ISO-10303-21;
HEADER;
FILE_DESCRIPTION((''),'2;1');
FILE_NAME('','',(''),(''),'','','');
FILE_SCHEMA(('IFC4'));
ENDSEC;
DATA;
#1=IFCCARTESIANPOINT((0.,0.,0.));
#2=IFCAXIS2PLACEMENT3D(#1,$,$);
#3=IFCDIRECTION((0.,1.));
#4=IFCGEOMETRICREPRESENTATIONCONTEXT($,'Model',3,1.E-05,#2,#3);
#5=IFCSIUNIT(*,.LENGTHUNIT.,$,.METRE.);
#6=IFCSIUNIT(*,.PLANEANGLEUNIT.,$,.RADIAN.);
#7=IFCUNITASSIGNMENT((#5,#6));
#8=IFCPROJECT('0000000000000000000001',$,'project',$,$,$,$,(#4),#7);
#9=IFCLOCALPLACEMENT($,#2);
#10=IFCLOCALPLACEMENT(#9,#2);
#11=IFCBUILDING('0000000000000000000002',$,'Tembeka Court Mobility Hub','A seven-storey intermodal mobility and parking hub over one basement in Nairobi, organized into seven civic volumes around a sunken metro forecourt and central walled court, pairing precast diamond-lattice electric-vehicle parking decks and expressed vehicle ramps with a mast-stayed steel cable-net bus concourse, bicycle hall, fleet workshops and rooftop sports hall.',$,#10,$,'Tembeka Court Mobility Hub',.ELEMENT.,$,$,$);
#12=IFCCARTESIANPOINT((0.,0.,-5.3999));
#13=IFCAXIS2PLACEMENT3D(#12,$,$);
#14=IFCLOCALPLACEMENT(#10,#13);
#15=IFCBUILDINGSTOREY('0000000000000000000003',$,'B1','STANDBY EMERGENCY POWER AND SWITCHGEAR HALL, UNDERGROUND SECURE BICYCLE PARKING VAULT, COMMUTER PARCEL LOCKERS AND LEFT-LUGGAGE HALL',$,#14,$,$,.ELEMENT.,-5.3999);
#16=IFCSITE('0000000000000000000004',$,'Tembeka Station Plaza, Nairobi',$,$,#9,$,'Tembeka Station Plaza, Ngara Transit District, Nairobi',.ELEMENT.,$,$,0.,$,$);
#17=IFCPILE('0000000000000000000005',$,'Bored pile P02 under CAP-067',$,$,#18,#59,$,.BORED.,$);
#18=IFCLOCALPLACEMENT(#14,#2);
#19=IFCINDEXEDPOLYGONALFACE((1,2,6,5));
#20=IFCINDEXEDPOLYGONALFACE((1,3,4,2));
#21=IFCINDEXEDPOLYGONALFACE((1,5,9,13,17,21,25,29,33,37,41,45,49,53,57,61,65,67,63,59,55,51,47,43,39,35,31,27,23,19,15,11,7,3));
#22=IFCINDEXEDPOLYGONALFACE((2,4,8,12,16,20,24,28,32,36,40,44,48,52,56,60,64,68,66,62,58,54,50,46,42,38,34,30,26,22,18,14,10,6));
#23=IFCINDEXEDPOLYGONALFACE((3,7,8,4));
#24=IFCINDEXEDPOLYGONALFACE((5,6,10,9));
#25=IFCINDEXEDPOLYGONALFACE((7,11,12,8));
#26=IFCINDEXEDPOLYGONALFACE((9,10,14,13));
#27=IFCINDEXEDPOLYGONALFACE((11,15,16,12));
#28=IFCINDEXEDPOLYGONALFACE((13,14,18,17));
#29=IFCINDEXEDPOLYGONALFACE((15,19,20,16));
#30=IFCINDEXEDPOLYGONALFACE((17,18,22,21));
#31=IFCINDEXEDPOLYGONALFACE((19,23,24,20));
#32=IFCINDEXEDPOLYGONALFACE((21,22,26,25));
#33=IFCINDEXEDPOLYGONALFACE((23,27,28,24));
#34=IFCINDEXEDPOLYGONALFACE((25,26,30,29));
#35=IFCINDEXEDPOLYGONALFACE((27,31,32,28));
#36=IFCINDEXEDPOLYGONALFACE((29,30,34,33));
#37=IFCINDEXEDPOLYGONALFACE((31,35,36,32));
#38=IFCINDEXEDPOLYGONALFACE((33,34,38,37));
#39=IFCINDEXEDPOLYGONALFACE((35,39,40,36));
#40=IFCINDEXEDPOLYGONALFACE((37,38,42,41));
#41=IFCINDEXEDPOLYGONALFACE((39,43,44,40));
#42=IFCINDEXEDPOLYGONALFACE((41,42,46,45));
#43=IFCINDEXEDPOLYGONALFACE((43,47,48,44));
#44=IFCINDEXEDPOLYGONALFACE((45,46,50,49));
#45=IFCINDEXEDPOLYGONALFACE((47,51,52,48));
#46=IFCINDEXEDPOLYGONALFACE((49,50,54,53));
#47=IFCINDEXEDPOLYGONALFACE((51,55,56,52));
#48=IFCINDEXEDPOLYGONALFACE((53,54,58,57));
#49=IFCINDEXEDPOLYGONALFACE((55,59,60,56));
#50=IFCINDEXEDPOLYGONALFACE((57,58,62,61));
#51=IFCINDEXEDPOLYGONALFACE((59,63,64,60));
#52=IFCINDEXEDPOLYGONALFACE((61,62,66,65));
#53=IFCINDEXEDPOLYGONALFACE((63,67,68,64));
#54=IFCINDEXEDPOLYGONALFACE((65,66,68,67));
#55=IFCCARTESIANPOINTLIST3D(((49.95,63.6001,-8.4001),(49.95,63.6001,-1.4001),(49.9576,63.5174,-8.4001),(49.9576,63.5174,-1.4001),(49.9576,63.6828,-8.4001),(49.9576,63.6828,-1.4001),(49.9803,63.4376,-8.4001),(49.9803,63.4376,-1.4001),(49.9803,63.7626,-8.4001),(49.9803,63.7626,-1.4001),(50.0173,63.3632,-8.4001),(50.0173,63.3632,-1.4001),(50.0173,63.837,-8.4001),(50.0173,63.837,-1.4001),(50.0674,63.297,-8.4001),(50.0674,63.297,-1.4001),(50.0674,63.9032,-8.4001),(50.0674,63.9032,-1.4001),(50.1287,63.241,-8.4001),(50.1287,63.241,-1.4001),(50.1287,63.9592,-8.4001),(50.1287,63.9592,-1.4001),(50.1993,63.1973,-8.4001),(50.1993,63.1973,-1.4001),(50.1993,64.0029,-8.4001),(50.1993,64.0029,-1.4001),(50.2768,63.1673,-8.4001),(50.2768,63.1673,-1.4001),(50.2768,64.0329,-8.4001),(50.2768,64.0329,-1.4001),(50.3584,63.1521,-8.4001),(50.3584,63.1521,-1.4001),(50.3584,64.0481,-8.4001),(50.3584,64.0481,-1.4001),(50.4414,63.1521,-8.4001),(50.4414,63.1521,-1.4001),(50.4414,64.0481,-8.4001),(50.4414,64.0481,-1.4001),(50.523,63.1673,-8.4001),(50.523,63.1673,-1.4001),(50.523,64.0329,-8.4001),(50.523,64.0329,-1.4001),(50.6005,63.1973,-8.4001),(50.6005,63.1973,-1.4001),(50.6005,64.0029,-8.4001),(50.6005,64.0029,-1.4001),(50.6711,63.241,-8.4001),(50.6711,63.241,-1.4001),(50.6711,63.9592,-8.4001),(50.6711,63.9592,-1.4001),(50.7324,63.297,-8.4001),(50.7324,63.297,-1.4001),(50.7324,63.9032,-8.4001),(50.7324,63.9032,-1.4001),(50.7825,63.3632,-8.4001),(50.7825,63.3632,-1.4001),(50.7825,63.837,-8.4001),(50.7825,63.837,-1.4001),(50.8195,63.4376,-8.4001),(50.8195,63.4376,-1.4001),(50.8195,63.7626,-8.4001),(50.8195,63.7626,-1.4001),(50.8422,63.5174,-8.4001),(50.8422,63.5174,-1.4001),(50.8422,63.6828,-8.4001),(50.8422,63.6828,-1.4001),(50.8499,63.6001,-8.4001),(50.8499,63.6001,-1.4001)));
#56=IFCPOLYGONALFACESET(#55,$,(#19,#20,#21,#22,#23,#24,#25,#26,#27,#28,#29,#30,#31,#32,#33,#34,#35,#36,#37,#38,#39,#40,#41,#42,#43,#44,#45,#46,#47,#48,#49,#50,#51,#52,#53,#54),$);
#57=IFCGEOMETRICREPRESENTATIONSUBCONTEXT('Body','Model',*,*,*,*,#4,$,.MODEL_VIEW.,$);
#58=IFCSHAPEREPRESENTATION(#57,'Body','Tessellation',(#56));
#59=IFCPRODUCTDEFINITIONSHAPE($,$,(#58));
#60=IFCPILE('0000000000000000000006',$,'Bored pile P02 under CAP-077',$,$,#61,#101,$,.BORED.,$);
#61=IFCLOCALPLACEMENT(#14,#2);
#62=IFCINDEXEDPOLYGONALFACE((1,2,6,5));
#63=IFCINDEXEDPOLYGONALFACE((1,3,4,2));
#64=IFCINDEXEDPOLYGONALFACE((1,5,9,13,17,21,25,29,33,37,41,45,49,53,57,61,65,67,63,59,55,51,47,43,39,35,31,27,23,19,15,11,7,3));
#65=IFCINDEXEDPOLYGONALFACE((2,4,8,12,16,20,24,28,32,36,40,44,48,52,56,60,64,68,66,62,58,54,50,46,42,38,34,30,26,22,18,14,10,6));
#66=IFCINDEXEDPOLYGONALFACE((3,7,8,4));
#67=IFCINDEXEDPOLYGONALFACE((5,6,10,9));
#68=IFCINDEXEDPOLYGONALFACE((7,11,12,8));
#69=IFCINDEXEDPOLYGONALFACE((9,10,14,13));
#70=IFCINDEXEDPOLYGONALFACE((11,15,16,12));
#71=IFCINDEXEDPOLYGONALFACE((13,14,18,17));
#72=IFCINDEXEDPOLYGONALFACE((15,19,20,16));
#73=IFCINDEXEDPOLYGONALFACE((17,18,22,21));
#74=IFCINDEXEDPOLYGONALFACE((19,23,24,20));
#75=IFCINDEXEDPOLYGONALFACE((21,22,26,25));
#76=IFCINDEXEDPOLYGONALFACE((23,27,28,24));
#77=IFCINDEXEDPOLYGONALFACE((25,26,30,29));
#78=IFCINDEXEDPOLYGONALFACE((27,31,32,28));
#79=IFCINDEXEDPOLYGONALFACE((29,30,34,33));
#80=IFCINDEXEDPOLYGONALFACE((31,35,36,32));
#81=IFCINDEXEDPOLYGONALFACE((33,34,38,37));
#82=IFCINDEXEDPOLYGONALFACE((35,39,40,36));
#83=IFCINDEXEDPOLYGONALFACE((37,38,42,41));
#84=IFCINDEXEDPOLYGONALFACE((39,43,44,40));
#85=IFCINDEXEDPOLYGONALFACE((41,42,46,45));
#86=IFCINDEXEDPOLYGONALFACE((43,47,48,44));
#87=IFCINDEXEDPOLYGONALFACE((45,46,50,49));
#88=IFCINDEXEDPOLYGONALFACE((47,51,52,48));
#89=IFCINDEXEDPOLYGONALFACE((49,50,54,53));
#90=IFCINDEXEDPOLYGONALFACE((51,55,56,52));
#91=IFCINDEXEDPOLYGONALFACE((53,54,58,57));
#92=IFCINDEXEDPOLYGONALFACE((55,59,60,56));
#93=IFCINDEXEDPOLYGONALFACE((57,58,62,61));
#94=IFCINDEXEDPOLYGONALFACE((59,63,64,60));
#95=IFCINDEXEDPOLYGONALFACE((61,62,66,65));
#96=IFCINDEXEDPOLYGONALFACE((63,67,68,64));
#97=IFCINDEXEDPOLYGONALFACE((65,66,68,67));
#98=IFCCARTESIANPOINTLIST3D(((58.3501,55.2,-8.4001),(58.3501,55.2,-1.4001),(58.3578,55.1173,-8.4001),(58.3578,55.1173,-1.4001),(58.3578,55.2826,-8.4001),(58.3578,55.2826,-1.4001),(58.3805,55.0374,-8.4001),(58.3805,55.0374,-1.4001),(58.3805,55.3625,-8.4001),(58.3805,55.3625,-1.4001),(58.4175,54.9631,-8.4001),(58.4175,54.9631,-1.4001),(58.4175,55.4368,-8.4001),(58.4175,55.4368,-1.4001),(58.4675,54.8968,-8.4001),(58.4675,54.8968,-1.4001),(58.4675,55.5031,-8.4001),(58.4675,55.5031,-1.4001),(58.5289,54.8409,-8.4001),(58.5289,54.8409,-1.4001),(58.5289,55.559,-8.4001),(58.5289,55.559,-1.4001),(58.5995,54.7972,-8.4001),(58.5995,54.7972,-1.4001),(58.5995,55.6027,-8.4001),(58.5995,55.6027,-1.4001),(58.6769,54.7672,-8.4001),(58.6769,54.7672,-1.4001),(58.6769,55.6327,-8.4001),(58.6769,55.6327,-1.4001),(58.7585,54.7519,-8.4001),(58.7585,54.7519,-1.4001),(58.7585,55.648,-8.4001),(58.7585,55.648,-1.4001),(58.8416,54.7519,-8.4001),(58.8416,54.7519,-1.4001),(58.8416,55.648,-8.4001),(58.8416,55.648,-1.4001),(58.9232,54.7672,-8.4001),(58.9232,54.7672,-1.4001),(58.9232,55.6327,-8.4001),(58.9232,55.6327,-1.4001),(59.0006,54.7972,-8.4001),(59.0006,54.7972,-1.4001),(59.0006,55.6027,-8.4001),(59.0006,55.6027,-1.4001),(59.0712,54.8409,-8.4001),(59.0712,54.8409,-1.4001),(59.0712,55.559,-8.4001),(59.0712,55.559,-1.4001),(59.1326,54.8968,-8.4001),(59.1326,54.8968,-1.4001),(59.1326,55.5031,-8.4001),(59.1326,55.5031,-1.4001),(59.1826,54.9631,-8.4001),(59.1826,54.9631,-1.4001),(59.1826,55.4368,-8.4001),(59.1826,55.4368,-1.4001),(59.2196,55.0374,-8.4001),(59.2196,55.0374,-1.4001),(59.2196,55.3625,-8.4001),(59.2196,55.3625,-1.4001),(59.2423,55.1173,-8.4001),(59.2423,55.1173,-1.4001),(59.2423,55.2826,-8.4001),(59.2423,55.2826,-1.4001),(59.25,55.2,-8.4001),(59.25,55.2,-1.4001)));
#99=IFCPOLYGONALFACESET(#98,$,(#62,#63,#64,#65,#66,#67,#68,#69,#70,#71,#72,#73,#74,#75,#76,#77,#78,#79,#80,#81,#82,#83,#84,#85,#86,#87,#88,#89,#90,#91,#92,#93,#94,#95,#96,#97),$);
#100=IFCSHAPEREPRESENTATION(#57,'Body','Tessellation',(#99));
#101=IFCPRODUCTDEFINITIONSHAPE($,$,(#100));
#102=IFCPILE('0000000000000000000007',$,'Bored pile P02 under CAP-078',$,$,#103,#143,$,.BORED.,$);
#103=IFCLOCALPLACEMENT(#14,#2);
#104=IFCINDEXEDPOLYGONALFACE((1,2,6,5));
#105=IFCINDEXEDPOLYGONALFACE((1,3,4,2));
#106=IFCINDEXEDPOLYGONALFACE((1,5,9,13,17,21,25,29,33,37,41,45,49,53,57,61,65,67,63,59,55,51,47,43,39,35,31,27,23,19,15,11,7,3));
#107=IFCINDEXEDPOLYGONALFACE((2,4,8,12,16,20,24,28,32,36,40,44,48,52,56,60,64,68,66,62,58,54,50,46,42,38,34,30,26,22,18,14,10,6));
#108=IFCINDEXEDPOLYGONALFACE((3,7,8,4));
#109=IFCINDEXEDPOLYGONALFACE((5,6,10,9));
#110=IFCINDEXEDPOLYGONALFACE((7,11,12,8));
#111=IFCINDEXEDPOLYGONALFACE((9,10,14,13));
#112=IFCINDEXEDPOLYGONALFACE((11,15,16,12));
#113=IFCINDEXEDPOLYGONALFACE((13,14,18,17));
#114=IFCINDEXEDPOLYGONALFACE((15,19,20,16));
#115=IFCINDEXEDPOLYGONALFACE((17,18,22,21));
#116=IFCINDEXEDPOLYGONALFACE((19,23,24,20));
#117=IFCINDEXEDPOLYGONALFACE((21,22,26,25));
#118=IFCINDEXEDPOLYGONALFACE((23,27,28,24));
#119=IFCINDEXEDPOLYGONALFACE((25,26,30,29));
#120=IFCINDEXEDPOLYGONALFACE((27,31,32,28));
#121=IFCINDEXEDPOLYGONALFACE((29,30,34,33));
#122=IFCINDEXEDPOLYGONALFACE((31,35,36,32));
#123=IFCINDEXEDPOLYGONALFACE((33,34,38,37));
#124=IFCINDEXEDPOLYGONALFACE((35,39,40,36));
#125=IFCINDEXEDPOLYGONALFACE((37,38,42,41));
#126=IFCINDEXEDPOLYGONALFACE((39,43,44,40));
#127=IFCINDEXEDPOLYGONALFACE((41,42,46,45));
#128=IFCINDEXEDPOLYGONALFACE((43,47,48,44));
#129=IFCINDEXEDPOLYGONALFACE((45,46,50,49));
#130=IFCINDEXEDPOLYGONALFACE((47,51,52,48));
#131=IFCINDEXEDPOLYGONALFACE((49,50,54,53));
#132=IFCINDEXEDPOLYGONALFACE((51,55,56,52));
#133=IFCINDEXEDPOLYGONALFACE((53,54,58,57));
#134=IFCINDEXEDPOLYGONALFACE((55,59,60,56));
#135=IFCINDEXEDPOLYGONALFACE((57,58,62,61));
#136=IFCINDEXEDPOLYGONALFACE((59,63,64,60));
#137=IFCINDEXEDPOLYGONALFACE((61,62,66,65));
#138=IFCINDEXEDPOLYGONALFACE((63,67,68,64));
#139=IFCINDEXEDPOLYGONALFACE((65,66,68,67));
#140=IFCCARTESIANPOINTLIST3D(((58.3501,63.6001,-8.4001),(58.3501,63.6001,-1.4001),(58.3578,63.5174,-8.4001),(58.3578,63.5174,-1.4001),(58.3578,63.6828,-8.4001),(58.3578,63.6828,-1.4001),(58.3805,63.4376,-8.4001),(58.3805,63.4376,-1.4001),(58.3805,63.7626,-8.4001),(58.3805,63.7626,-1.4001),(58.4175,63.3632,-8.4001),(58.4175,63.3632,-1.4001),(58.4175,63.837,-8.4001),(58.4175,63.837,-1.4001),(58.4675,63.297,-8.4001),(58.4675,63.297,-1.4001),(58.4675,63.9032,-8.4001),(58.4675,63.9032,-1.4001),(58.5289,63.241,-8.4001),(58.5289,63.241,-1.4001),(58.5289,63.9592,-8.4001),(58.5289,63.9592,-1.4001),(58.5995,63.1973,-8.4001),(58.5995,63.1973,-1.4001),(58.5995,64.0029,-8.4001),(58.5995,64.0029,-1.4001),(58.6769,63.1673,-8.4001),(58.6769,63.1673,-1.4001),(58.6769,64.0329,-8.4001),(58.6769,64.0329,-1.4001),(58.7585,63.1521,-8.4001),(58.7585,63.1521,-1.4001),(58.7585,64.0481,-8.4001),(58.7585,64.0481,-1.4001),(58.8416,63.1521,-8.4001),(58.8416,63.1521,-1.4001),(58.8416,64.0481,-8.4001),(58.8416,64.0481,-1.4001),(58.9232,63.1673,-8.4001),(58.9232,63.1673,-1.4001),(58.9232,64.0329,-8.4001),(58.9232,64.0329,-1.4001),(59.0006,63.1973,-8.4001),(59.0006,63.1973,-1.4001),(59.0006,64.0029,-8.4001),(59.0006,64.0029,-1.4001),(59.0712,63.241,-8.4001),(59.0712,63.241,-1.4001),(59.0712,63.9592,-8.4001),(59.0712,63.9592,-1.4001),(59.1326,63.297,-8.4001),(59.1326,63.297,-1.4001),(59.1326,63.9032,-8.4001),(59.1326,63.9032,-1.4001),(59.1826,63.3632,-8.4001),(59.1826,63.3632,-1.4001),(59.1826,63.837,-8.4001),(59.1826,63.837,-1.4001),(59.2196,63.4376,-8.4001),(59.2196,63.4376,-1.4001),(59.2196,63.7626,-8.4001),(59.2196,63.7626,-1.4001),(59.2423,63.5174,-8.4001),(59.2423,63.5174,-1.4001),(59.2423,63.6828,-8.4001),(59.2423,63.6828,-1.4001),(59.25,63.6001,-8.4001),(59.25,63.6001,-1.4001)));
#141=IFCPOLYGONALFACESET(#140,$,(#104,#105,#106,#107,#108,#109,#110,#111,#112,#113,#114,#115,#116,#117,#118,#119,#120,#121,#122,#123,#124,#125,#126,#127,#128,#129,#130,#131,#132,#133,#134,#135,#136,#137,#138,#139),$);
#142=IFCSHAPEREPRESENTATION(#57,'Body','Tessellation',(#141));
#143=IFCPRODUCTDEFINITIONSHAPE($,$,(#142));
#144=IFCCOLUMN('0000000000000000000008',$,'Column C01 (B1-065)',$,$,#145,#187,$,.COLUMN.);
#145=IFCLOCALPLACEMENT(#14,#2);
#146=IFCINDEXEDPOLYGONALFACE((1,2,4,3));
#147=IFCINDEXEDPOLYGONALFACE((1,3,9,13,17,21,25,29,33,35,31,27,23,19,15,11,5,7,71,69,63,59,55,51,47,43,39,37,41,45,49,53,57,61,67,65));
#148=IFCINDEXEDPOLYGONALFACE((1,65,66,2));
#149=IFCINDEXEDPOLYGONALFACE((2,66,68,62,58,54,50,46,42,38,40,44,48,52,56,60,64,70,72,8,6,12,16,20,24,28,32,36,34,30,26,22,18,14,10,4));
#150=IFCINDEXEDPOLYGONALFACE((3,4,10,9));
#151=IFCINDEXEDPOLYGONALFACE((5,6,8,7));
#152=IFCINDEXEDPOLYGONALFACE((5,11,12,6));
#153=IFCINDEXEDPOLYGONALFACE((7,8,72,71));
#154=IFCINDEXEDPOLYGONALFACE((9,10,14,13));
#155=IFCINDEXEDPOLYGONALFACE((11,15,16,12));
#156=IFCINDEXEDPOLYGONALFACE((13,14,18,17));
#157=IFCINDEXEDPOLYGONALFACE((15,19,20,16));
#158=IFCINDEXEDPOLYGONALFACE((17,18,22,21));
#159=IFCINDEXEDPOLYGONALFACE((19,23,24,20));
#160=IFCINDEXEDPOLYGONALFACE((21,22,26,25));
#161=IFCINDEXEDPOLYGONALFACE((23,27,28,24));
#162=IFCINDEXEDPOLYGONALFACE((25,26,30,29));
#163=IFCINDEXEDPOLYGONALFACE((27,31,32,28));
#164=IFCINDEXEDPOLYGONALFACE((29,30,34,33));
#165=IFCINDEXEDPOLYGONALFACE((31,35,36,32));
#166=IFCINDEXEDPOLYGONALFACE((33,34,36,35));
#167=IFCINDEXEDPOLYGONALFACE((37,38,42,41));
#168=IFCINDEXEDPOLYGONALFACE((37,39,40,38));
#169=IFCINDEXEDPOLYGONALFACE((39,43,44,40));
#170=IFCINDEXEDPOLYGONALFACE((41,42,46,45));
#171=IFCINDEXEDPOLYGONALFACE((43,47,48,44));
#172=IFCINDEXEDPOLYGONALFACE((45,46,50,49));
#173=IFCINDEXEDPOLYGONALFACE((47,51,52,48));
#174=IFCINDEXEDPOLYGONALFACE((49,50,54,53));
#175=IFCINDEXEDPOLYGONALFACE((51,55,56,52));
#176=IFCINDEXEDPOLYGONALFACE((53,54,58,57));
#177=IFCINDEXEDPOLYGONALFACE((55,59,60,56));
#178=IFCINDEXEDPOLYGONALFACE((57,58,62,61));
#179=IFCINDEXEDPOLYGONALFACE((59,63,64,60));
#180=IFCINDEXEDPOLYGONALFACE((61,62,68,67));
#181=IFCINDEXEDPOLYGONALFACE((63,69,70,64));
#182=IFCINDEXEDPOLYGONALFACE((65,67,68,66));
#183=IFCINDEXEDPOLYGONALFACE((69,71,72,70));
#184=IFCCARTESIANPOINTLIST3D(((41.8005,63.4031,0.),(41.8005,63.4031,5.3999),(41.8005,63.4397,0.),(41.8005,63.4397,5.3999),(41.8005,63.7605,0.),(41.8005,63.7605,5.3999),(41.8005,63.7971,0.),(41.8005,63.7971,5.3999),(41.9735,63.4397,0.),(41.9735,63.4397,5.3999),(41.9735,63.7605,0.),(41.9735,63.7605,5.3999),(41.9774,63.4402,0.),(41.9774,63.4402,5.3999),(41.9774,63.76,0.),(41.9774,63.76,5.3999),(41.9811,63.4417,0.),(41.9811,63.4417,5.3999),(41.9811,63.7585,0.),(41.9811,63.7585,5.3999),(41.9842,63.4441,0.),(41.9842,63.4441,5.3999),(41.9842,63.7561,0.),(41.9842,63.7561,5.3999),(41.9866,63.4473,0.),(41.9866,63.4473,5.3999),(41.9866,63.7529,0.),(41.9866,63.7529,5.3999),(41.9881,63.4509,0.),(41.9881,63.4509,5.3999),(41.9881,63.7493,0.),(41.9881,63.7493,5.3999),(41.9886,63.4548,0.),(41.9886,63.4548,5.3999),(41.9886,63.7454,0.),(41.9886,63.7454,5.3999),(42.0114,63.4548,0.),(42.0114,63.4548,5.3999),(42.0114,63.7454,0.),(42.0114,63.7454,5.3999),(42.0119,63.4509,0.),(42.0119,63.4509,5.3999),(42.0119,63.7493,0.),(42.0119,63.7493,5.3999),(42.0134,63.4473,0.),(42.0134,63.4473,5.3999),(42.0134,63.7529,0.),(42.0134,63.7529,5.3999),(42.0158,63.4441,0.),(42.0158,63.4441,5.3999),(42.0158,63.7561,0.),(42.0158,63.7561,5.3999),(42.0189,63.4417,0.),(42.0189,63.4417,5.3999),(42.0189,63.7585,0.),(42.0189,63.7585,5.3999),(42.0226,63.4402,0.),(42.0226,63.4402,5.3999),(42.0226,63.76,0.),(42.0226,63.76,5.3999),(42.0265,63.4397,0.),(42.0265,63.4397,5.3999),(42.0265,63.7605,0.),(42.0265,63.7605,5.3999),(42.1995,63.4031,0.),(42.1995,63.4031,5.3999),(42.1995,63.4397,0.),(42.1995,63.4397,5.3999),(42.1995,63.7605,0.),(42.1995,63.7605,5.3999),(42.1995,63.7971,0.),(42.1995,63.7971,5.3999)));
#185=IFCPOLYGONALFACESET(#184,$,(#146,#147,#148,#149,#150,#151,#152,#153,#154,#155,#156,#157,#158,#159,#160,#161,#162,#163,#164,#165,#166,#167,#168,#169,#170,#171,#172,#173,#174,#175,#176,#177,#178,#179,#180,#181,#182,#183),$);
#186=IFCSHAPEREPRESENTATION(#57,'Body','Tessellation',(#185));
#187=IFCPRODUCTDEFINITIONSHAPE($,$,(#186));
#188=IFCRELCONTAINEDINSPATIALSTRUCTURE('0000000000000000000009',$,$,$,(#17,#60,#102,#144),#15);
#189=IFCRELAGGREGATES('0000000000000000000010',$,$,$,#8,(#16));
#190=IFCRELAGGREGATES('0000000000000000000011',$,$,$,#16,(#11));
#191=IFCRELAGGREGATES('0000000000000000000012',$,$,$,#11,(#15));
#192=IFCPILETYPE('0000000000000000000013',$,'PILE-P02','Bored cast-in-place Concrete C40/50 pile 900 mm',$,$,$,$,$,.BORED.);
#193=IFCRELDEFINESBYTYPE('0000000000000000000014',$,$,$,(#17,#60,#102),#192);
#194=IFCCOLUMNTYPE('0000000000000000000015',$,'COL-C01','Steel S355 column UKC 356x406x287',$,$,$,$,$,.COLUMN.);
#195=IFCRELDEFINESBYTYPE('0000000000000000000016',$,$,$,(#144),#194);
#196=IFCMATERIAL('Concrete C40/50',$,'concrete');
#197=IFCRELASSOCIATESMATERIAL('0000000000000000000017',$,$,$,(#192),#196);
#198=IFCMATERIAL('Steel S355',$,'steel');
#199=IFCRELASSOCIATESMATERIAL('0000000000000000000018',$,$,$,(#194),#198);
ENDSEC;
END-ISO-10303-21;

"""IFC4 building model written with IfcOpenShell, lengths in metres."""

from ifc_helpers import new_model, si_unit, direction, frame, origin, origin_2d, place, context, subcontext, project, spatial, circle, i_section, extrude, material, material_profile, profile_set, type_object, element, save


model = new_model("IFC4")

# Units and contexts
model_context = context("Model", 3, precision=1e-05, world=origin(), true_north=direction((0.0, 1.0)))
body_context = subcontext(model_context, "Body", "Model", "MODEL_VIEW")
ifc_project = project(units=[si_unit("LENGTHUNIT", "METRE"), si_unit("PLANEANGLEUNIT", "RADIAN")], contexts=[model_context])

# Site, building, storey
site_placement = place(None, origin())
site = spatial("IfcSite", under=ifc_project, at=site_placement, Name="Tembeka Station Plaza, Nairobi", LongName="Tembeka Station Plaza, Ngara Transit District, Nairobi", CompositionType="ELEMENT", RefElevation=0.0)
building_placement = place(site_placement, origin())
building = spatial("IfcBuilding", under=site, at=building_placement, Name="Tembeka Court Mobility Hub", Description="A seven-storey intermodal mobility and parking hub over one basement in Nairobi, organized into seven civic volumes around a sunken metro forecourt and central walled court, pairing precast diamond-lattice electric-vehicle parking decks and expressed vehicle ramps with a mast-stayed steel cable-net bus concourse, bicycle hall, fleet workshops and rooftop sports hall.", LongName="Tembeka Court Mobility Hub", CompositionType="ELEMENT")
storey_placement = place(building_placement, frame((0.0, 0.0, -5.3999)))
storey = spatial("IfcBuildingStorey", under=building, at=storey_placement, Name="B1", Description="STANDBY EMERGENCY POWER AND SWITCHGEAR HALL, UNDERGROUND SECURE BICYCLE PARKING VAULT, COMMUTER PARCEL LOCKERS AND LEFT-LUGGAGE HALL", CompositionType="ELEMENT", Elevation=-5.3999)

# Shared definitions
ifc_material_1 = material(Name="Concrete C40/50", Category="concrete")

# Piles
ifc_material_profile_1 = material_profile(ifc_material_1, circle(Radius=0.45, at=origin_2d()), Name="PILE D900")
ifc_profile_set_1 = profile_set([ifc_material_profile_1], Name="Concrete C40/50")
pile_type = type_object("IfcPileType", Name="PILE-P02", Description="Bored cast-in-place Concrete C40/50 pile 900 mm", PredefinedType="BORED", material=ifc_profile_set_1)
for number, where, z_axis, x_axis, name in (
    (1, (50.3999, 63.6001, -1.4001), (0.0, 0.0, -1.0), (1.0, 0.0, 0.0), "Bored pile P02 under CAP-067"),
    (2, (58.8, 55.2, -1.4001), (0.0, 0.0, -1.0), (1.0, 0.0, 0.0), "Bored pile P02 under CAP-077"),
    (3, (58.8, 63.6001, -1.4001), (0.0, 0.0, -1.0), (1.0, 0.0, 0.0), "Bored pile P02 under CAP-078"),
):
    element("IfcPile", number, at=place(storey_placement, frame(where, z_axis=z_axis, x_axis=x_axis)), inside=storey, type_object=pile_type, Name=name, PredefinedType="BORED", context=body_context, shape_type="SweptSolid", body=[
        extrude(circle(Radius=0.45, at=origin_2d()), origin(), (0.0, 0.0, 1.0), 7.0),
    ])

# Column
ifc_material_2 = material(Name="Steel S355", Category="steel")
ifc_material_profile_2 = material_profile(ifc_material_2, i_section(OverallWidth=0.3989, OverallDepth=0.394, WebThickness=0.0227, FlangeThickness=0.0366, FilletRadius=0.0151, at=origin_2d()), Name="UKC 356x406x287")
ifc_profile_set_2 = profile_set([ifc_material_profile_2], Name="Steel S355")
column_type = type_object("IfcColumnType", Name="COL-C01", Description="Steel S355 column UKC 356x406x287", PredefinedType="COLUMN", material=ifc_profile_set_2)
for number, where, z_axis, x_axis, name in (
    (4, (42.0, 63.6001, 0.0), (0.0, 0.0, 1.0), (1.0, 0.0, 0.0), "Column C01 (B1-065)"),
):
    element("IfcColumn", number, at=place(storey_placement, frame(where, z_axis=z_axis, x_axis=x_axis)), inside=storey, type_object=column_type, Name=name, PredefinedType="COLUMN", context=body_context, shape_type="SweptSolid", body=[
        extrude(i_section(OverallWidth=0.3989, OverallDepth=0.394, WebThickness=0.0227, FlangeThickness=0.0366, FilletRadius=0.0151, at=origin_2d()), origin(), (0.0, 0.0, 1.0), 5.3999),
    ])

save(model, "model.ifc")
